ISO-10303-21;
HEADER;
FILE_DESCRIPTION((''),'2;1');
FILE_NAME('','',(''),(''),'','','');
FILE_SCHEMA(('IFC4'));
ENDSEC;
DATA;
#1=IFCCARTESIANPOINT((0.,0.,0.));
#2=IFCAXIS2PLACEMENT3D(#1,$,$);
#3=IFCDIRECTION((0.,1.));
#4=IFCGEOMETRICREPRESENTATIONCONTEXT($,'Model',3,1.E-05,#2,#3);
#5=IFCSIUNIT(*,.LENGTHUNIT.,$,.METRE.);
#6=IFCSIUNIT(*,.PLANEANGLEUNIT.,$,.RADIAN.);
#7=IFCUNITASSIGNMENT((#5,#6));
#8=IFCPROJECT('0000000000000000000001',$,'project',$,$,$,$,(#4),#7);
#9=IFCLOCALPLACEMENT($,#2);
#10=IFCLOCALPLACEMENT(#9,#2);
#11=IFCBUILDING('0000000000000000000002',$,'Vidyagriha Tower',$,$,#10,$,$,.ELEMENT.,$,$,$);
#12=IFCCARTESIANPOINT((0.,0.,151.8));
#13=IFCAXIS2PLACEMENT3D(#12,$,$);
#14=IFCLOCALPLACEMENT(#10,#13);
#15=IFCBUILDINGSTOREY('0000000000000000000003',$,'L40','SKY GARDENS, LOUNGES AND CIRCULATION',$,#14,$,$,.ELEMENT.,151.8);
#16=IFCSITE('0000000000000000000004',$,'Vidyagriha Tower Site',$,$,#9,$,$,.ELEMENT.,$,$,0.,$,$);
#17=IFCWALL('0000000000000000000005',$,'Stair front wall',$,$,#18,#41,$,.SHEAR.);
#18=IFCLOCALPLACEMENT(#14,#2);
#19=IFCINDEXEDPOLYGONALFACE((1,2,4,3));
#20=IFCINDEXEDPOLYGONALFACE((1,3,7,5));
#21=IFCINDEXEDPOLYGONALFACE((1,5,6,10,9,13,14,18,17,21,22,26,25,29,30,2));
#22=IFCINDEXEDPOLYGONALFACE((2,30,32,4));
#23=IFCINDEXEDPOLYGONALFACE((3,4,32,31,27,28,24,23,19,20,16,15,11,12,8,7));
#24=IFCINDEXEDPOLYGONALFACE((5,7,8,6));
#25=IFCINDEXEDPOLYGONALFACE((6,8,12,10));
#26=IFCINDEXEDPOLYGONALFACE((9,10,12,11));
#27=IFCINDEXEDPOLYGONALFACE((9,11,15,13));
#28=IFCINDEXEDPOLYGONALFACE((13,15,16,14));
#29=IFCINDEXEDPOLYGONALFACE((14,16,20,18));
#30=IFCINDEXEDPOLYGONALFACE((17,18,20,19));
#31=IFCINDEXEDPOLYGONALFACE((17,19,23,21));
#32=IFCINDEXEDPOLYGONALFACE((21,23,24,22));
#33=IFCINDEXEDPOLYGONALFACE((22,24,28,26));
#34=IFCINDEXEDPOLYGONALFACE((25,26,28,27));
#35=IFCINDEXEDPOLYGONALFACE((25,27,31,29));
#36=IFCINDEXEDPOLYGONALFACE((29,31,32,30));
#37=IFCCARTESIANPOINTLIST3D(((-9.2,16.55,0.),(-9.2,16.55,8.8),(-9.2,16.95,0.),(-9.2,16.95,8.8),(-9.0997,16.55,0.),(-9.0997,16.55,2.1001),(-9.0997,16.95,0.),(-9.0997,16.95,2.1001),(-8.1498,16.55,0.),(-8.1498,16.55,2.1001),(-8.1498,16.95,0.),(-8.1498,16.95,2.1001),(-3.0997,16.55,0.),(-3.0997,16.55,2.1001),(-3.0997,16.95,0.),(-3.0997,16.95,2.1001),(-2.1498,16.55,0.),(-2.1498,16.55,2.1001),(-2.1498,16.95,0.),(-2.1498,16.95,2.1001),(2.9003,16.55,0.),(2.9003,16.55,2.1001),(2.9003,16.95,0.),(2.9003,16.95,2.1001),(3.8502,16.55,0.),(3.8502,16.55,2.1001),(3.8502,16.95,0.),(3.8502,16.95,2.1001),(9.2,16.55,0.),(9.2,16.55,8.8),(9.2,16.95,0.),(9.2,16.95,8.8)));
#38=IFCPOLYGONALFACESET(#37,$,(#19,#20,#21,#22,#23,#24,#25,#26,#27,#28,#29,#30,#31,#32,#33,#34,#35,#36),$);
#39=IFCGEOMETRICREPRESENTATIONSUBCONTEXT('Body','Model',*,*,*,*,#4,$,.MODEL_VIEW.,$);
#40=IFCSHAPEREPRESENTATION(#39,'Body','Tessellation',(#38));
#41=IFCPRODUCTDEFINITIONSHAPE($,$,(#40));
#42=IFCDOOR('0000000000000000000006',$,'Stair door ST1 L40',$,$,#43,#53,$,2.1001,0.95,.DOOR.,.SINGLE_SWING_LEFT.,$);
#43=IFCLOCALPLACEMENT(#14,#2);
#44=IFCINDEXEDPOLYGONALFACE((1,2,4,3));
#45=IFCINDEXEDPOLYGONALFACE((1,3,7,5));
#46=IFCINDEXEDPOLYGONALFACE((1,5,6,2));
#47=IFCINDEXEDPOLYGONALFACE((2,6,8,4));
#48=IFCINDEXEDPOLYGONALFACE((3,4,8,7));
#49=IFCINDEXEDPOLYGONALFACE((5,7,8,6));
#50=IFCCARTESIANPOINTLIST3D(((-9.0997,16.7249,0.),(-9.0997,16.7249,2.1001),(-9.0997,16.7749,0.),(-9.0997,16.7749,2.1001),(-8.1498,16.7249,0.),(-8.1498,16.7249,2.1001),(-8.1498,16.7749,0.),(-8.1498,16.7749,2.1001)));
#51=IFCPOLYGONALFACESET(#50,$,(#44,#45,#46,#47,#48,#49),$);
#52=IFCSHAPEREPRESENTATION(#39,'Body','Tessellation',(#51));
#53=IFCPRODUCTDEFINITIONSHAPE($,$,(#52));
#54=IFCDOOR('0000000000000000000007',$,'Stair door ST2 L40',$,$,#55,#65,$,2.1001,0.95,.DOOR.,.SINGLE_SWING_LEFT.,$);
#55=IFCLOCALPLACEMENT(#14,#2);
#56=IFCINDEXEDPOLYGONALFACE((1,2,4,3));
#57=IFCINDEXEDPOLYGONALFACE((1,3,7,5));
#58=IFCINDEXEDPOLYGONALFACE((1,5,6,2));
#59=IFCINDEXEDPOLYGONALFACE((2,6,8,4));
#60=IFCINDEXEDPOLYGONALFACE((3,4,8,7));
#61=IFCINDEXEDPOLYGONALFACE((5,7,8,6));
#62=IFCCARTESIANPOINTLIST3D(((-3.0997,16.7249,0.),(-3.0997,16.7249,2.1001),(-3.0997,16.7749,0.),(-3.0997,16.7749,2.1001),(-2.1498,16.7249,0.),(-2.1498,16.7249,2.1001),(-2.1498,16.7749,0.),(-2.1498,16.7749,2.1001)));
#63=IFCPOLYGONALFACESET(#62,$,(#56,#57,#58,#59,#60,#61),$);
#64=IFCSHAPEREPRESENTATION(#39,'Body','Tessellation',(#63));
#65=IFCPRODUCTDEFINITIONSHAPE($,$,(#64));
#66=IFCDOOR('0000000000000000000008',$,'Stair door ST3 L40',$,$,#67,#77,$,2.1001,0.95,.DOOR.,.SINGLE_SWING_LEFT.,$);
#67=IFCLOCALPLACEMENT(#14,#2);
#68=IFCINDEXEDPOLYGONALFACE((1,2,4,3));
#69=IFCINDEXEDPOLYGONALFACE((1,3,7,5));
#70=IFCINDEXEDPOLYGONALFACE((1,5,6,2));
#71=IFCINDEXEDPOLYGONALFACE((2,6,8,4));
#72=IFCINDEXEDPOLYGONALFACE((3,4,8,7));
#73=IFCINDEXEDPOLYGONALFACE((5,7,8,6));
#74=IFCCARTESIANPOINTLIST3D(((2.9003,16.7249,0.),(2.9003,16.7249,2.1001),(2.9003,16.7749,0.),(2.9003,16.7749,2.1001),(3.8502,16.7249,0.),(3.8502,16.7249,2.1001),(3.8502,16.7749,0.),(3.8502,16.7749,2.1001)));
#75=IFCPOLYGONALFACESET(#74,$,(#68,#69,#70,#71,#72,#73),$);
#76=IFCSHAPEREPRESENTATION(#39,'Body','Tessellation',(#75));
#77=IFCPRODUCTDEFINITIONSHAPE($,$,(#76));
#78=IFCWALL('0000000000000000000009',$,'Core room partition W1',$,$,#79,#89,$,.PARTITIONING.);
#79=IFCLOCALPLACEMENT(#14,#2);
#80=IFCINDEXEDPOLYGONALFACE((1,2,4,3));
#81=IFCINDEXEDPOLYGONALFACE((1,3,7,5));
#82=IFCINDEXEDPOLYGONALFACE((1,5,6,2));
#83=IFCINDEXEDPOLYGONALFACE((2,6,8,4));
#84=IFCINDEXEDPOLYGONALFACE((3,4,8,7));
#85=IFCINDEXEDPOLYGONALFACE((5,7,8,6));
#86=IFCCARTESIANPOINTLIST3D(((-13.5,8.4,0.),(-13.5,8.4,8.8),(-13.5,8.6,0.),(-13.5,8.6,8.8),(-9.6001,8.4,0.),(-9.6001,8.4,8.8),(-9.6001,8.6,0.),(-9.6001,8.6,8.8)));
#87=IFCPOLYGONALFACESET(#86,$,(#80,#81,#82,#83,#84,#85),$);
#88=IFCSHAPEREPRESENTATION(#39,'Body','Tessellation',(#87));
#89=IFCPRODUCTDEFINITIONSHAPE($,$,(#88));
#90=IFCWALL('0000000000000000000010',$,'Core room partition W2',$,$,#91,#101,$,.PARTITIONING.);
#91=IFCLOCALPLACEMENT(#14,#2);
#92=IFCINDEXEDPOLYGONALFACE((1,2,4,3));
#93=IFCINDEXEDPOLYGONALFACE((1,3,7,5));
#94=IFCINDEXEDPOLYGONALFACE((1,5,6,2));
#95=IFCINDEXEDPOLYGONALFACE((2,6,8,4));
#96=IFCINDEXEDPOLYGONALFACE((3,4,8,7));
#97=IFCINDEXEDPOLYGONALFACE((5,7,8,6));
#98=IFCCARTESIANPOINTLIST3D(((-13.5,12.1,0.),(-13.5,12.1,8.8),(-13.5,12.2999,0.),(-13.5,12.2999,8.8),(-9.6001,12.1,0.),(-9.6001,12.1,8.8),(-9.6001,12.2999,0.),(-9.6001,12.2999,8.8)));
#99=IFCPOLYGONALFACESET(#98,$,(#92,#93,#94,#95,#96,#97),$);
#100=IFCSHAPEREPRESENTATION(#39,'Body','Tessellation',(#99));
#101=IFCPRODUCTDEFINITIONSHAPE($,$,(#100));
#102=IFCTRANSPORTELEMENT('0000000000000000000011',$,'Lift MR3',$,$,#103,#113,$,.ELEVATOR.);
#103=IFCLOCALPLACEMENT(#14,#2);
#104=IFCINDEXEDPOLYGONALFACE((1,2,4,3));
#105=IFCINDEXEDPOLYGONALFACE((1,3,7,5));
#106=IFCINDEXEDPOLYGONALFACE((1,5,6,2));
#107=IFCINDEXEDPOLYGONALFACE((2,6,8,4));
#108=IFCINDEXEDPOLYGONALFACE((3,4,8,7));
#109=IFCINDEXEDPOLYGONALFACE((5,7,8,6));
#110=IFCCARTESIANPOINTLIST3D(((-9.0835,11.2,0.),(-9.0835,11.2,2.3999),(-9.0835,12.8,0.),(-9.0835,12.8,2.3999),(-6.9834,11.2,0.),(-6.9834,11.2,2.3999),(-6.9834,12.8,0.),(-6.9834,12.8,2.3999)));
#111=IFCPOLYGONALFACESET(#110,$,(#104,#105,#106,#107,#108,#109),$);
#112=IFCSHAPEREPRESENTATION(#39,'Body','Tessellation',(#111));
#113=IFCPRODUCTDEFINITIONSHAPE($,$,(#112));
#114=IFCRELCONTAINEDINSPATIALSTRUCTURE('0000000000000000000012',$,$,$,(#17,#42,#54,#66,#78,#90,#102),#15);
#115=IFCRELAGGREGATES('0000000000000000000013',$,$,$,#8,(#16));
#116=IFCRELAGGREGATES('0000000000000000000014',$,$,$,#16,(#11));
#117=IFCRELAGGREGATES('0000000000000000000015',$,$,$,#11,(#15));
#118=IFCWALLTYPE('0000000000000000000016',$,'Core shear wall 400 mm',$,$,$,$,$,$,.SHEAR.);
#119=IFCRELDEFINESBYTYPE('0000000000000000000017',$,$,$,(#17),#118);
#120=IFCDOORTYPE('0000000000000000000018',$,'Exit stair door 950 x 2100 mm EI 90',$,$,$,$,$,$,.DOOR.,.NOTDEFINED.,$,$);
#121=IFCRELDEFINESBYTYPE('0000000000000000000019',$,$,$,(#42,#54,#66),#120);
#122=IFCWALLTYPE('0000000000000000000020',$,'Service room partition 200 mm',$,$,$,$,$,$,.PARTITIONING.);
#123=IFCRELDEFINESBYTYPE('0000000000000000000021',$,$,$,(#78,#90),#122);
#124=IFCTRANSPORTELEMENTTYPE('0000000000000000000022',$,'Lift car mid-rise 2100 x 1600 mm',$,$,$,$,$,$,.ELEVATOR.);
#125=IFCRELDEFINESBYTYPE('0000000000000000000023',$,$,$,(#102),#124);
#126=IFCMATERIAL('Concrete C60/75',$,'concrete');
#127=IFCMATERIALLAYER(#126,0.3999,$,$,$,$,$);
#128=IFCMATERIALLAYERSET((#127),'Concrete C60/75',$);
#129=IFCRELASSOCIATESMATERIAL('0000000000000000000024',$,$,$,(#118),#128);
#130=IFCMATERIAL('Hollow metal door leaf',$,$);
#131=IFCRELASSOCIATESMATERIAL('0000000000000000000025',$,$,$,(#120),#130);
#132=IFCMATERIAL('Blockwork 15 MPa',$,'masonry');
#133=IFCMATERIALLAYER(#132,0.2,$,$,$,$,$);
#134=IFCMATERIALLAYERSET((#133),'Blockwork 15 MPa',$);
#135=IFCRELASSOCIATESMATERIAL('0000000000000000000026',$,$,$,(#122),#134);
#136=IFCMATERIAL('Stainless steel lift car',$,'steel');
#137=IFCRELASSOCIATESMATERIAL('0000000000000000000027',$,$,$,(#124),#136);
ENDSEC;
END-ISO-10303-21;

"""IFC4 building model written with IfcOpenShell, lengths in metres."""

from ifc_helpers import new_model, si_unit, direction, frame, frame_2d, origin, origin_2d, place, context, subcontext, project, spatial, rectangle, extrude, material, layer, layer_set, type_object, element, fill, save


model = new_model("IFC4")

# Units and contexts
model_context = context("Model", 3, precision=1e-05, world=origin(), true_north=direction((0.0, 1.0)))
body_context = subcontext(model_context, "Body", "Model", "MODEL_VIEW")
ifc_project = project(units=[si_unit("LENGTHUNIT", "METRE"), si_unit("PLANEANGLEUNIT", "RADIAN")], contexts=[model_context])

# Site, building, storey
site_placement = place(None, origin())
site = spatial("IfcSite", under=ifc_project, at=site_placement, Name="Vidyagriha Tower Site", CompositionType="ELEMENT", RefElevation=0.0)
building_placement = place(site_placement, origin())
building = spatial("IfcBuilding", under=site, at=building_placement, Name="Vidyagriha Tower", CompositionType="ELEMENT")
storey_placement = place(building_placement, frame((0.0, 0.0, 151.8)))
storey = spatial("IfcBuildingStorey", under=building, at=storey_placement, Name="L40", Description="SKY GARDENS, LOUNGES AND CIRCULATION", CompositionType="ELEMENT", Elevation=151.8)

# Shared definitions
ifc_material_1 = material(Name="Concrete C60/75", Category="concrete")
ifc_layer_1 = layer(ifc_material_1, 0.3999)
ifc_layer_set_1 = layer_set([ifc_layer_1], Name="Concrete C60/75")
wall_type_1 = type_object("IfcWallType", Name="Core shear wall 400 mm", PredefinedType="SHEAR", material=ifc_layer_set_1)

# Wall, openings, doors
wall_1_placement = place(storey_placement, frame((-9.2, 16.75, 0.0)))
wall_1 = element("IfcWall", 1, at=wall_1_placement, inside=storey, type_object=wall_type_1, Name="Stair front wall", PredefinedType="SHEAR", context=body_context, shape_type="SweptSolid", body=[
    extrude(rectangle(XDim=18.3999, YDim=0.3999, at=frame_2d((9.2, 0.0))), origin(), (0.0, 0.0, 1.0), 8.8),
])
opening_1_placement = place(wall_1_placement, frame((0.1001, 0.0, 0.0)))
opening_1 = element("IfcOpeningElement", 2, at=opening_1_placement, cuts=wall_1, PredefinedType="OPENING", context=body_context, shape_type="SweptSolid", body=[
    extrude(rectangle(XDim=0.95, YDim=2.1001, at=frame_2d((0.4751, 1.05))), frame((0.0, 0.21, 0.0), z_axis=(0.0, -1.0, 0.0), x_axis=(1.0, 0.0, 0.0)), (0.0, 0.0, 1.0), 0.4199),
])
opening_2_placement = place(wall_1_placement, frame((6.1001, 0.0, 0.0)))
opening_2 = element("IfcOpeningElement", 3, at=opening_2_placement, cuts=wall_1, PredefinedType="OPENING", context=body_context, shape_type="SweptSolid", body=[
    extrude(rectangle(XDim=0.95, YDim=2.1001, at=frame_2d((0.4751, 1.05))), frame((0.0, 0.21, 0.0), z_axis=(0.0, -1.0, 0.0), x_axis=(1.0, 0.0, 0.0)), (0.0, 0.0, 1.0), 0.4199),
])
opening_3_placement = place(wall_1_placement, frame((12.1001, 0.0, 0.0)))
opening_3 = element("IfcOpeningElement", 4, at=opening_3_placement, cuts=wall_1, PredefinedType="OPENING", context=body_context, shape_type="SweptSolid", body=[
    extrude(rectangle(XDim=0.95, YDim=2.1001, at=frame_2d((0.4751, 1.05))), frame((0.0, 0.21, 0.0), z_axis=(0.0, -1.0, 0.0), x_axis=(1.0, 0.0, 0.0)), (0.0, 0.0, 1.0), 0.4199),
])
ifc_material_2 = material(Name="Hollow metal door leaf")
door_type_1 = type_object("IfcDoorType", Name="Exit stair door 950 x 2100 mm EI 90", OperationType="NOTDEFINED", PredefinedType="DOOR", material=ifc_material_2)
door_1_placement = place(opening_1_placement, origin())
door_1 = element("IfcDoor", 5, at=door_1_placement, inside=storey, type_object=door_type_1, Name="Stair door ST1 L40", OperationType="SINGLE_SWING_LEFT", OverallHeight=2.1001, OverallWidth=0.95, PredefinedType="DOOR", context=body_context, shape_type="SweptSolid", body=[
    extrude(rectangle(XDim=0.95, YDim=2.1001, at=frame_2d((0.4751, 1.05))), frame((0.0, 0.0249, 0.0), z_axis=(0.0, -1.0, 0.0), x_axis=(1.0, 0.0, 0.0)), (0.0, 0.0, 1.0), 0.05),
])
fill(opening_1, door_1)
door_2_placement = place(opening_2_placement, origin())
door_2 = element("IfcDoor", 6, at=door_2_placement, inside=storey, type_object=door_type_1, Name="Stair door ST2 L40", OperationType="SINGLE_SWING_LEFT", OverallHeight=2.1001, OverallWidth=0.95, PredefinedType="DOOR", context=body_context, shape_type="SweptSolid", body=[
    extrude(rectangle(XDim=0.95, YDim=2.1001, at=frame_2d((0.4751, 1.05))), frame((0.0, 0.0249, 0.0), z_axis=(0.0, -1.0, 0.0), x_axis=(1.0, 0.0, 0.0)), (0.0, 0.0, 1.0), 0.05),
])
fill(opening_2, door_2)
door_3_placement = place(opening_3_placement, origin())
door_3 = element("IfcDoor", 7, at=door_3_placement, inside=storey, type_object=door_type_1, Name="Stair door ST3 L40", OperationType="SINGLE_SWING_LEFT", OverallHeight=2.1001, OverallWidth=0.95, PredefinedType="DOOR", context=body_context, shape_type="SweptSolid", body=[
    extrude(rectangle(XDim=0.95, YDim=2.1001, at=frame_2d((0.4751, 1.05))), frame((0.0, 0.0249, 0.0), z_axis=(0.0, -1.0, 0.0), x_axis=(1.0, 0.0, 0.0)), (0.0, 0.0, 1.0), 0.05),
])
fill(opening_3, door_3)

# Walls
ifc_material_3 = material(Name="Blockwork 15 MPa", Category="masonry")
ifc_layer_2 = layer(ifc_material_3, 0.2)
ifc_layer_set_2 = layer_set([ifc_layer_2], Name="Blockwork 15 MPa")
wall_type_2 = type_object("IfcWallType", Name="Service room partition 200 mm", PredefinedType="PARTITIONING", material=ifc_layer_set_2)
for number, where, name in (
    (8, (-13.5, 8.5, 0.0), "Core room partition W1"),
    (9, (-13.5, 12.2, 0.0), "Core room partition W2"),
):
    element("IfcWall", number, at=place(storey_placement, frame(where)), inside=storey, type_object=wall_type_2, Name=name, PredefinedType="PARTITIONING", context=body_context, shape_type="SweptSolid", body=[
        extrude(rectangle(XDim=3.8999, YDim=0.2, at=frame_2d((1.95, 0.0))), origin(), (0.0, 0.0, 1.0), 8.8),
    ])

# Transport element
ifc_material_4 = material(Name="Stainless steel lift car", Category="steel")
transport_element_type = type_object("IfcTransportElementType", Name="Lift car mid-rise 2100 x 1600 mm", PredefinedType="ELEVATOR", material=ifc_material_4)
transport_element_placement = place(storey_placement, frame((-8.0334, 12.0, 0.0)))
element("IfcTransportElement", 10, at=transport_element_placement, inside=storey, type_object=transport_element_type, Name="Lift MR3", PredefinedType="ELEVATOR", context=body_context, shape_type="SweptSolid", body=[
    extrude(rectangle(XDim=2.1001, YDim=1.6001, at=origin_2d()), origin(), (0.0, 0.0, 1.0), 2.3999),
])

save(model, "model.ifc")
